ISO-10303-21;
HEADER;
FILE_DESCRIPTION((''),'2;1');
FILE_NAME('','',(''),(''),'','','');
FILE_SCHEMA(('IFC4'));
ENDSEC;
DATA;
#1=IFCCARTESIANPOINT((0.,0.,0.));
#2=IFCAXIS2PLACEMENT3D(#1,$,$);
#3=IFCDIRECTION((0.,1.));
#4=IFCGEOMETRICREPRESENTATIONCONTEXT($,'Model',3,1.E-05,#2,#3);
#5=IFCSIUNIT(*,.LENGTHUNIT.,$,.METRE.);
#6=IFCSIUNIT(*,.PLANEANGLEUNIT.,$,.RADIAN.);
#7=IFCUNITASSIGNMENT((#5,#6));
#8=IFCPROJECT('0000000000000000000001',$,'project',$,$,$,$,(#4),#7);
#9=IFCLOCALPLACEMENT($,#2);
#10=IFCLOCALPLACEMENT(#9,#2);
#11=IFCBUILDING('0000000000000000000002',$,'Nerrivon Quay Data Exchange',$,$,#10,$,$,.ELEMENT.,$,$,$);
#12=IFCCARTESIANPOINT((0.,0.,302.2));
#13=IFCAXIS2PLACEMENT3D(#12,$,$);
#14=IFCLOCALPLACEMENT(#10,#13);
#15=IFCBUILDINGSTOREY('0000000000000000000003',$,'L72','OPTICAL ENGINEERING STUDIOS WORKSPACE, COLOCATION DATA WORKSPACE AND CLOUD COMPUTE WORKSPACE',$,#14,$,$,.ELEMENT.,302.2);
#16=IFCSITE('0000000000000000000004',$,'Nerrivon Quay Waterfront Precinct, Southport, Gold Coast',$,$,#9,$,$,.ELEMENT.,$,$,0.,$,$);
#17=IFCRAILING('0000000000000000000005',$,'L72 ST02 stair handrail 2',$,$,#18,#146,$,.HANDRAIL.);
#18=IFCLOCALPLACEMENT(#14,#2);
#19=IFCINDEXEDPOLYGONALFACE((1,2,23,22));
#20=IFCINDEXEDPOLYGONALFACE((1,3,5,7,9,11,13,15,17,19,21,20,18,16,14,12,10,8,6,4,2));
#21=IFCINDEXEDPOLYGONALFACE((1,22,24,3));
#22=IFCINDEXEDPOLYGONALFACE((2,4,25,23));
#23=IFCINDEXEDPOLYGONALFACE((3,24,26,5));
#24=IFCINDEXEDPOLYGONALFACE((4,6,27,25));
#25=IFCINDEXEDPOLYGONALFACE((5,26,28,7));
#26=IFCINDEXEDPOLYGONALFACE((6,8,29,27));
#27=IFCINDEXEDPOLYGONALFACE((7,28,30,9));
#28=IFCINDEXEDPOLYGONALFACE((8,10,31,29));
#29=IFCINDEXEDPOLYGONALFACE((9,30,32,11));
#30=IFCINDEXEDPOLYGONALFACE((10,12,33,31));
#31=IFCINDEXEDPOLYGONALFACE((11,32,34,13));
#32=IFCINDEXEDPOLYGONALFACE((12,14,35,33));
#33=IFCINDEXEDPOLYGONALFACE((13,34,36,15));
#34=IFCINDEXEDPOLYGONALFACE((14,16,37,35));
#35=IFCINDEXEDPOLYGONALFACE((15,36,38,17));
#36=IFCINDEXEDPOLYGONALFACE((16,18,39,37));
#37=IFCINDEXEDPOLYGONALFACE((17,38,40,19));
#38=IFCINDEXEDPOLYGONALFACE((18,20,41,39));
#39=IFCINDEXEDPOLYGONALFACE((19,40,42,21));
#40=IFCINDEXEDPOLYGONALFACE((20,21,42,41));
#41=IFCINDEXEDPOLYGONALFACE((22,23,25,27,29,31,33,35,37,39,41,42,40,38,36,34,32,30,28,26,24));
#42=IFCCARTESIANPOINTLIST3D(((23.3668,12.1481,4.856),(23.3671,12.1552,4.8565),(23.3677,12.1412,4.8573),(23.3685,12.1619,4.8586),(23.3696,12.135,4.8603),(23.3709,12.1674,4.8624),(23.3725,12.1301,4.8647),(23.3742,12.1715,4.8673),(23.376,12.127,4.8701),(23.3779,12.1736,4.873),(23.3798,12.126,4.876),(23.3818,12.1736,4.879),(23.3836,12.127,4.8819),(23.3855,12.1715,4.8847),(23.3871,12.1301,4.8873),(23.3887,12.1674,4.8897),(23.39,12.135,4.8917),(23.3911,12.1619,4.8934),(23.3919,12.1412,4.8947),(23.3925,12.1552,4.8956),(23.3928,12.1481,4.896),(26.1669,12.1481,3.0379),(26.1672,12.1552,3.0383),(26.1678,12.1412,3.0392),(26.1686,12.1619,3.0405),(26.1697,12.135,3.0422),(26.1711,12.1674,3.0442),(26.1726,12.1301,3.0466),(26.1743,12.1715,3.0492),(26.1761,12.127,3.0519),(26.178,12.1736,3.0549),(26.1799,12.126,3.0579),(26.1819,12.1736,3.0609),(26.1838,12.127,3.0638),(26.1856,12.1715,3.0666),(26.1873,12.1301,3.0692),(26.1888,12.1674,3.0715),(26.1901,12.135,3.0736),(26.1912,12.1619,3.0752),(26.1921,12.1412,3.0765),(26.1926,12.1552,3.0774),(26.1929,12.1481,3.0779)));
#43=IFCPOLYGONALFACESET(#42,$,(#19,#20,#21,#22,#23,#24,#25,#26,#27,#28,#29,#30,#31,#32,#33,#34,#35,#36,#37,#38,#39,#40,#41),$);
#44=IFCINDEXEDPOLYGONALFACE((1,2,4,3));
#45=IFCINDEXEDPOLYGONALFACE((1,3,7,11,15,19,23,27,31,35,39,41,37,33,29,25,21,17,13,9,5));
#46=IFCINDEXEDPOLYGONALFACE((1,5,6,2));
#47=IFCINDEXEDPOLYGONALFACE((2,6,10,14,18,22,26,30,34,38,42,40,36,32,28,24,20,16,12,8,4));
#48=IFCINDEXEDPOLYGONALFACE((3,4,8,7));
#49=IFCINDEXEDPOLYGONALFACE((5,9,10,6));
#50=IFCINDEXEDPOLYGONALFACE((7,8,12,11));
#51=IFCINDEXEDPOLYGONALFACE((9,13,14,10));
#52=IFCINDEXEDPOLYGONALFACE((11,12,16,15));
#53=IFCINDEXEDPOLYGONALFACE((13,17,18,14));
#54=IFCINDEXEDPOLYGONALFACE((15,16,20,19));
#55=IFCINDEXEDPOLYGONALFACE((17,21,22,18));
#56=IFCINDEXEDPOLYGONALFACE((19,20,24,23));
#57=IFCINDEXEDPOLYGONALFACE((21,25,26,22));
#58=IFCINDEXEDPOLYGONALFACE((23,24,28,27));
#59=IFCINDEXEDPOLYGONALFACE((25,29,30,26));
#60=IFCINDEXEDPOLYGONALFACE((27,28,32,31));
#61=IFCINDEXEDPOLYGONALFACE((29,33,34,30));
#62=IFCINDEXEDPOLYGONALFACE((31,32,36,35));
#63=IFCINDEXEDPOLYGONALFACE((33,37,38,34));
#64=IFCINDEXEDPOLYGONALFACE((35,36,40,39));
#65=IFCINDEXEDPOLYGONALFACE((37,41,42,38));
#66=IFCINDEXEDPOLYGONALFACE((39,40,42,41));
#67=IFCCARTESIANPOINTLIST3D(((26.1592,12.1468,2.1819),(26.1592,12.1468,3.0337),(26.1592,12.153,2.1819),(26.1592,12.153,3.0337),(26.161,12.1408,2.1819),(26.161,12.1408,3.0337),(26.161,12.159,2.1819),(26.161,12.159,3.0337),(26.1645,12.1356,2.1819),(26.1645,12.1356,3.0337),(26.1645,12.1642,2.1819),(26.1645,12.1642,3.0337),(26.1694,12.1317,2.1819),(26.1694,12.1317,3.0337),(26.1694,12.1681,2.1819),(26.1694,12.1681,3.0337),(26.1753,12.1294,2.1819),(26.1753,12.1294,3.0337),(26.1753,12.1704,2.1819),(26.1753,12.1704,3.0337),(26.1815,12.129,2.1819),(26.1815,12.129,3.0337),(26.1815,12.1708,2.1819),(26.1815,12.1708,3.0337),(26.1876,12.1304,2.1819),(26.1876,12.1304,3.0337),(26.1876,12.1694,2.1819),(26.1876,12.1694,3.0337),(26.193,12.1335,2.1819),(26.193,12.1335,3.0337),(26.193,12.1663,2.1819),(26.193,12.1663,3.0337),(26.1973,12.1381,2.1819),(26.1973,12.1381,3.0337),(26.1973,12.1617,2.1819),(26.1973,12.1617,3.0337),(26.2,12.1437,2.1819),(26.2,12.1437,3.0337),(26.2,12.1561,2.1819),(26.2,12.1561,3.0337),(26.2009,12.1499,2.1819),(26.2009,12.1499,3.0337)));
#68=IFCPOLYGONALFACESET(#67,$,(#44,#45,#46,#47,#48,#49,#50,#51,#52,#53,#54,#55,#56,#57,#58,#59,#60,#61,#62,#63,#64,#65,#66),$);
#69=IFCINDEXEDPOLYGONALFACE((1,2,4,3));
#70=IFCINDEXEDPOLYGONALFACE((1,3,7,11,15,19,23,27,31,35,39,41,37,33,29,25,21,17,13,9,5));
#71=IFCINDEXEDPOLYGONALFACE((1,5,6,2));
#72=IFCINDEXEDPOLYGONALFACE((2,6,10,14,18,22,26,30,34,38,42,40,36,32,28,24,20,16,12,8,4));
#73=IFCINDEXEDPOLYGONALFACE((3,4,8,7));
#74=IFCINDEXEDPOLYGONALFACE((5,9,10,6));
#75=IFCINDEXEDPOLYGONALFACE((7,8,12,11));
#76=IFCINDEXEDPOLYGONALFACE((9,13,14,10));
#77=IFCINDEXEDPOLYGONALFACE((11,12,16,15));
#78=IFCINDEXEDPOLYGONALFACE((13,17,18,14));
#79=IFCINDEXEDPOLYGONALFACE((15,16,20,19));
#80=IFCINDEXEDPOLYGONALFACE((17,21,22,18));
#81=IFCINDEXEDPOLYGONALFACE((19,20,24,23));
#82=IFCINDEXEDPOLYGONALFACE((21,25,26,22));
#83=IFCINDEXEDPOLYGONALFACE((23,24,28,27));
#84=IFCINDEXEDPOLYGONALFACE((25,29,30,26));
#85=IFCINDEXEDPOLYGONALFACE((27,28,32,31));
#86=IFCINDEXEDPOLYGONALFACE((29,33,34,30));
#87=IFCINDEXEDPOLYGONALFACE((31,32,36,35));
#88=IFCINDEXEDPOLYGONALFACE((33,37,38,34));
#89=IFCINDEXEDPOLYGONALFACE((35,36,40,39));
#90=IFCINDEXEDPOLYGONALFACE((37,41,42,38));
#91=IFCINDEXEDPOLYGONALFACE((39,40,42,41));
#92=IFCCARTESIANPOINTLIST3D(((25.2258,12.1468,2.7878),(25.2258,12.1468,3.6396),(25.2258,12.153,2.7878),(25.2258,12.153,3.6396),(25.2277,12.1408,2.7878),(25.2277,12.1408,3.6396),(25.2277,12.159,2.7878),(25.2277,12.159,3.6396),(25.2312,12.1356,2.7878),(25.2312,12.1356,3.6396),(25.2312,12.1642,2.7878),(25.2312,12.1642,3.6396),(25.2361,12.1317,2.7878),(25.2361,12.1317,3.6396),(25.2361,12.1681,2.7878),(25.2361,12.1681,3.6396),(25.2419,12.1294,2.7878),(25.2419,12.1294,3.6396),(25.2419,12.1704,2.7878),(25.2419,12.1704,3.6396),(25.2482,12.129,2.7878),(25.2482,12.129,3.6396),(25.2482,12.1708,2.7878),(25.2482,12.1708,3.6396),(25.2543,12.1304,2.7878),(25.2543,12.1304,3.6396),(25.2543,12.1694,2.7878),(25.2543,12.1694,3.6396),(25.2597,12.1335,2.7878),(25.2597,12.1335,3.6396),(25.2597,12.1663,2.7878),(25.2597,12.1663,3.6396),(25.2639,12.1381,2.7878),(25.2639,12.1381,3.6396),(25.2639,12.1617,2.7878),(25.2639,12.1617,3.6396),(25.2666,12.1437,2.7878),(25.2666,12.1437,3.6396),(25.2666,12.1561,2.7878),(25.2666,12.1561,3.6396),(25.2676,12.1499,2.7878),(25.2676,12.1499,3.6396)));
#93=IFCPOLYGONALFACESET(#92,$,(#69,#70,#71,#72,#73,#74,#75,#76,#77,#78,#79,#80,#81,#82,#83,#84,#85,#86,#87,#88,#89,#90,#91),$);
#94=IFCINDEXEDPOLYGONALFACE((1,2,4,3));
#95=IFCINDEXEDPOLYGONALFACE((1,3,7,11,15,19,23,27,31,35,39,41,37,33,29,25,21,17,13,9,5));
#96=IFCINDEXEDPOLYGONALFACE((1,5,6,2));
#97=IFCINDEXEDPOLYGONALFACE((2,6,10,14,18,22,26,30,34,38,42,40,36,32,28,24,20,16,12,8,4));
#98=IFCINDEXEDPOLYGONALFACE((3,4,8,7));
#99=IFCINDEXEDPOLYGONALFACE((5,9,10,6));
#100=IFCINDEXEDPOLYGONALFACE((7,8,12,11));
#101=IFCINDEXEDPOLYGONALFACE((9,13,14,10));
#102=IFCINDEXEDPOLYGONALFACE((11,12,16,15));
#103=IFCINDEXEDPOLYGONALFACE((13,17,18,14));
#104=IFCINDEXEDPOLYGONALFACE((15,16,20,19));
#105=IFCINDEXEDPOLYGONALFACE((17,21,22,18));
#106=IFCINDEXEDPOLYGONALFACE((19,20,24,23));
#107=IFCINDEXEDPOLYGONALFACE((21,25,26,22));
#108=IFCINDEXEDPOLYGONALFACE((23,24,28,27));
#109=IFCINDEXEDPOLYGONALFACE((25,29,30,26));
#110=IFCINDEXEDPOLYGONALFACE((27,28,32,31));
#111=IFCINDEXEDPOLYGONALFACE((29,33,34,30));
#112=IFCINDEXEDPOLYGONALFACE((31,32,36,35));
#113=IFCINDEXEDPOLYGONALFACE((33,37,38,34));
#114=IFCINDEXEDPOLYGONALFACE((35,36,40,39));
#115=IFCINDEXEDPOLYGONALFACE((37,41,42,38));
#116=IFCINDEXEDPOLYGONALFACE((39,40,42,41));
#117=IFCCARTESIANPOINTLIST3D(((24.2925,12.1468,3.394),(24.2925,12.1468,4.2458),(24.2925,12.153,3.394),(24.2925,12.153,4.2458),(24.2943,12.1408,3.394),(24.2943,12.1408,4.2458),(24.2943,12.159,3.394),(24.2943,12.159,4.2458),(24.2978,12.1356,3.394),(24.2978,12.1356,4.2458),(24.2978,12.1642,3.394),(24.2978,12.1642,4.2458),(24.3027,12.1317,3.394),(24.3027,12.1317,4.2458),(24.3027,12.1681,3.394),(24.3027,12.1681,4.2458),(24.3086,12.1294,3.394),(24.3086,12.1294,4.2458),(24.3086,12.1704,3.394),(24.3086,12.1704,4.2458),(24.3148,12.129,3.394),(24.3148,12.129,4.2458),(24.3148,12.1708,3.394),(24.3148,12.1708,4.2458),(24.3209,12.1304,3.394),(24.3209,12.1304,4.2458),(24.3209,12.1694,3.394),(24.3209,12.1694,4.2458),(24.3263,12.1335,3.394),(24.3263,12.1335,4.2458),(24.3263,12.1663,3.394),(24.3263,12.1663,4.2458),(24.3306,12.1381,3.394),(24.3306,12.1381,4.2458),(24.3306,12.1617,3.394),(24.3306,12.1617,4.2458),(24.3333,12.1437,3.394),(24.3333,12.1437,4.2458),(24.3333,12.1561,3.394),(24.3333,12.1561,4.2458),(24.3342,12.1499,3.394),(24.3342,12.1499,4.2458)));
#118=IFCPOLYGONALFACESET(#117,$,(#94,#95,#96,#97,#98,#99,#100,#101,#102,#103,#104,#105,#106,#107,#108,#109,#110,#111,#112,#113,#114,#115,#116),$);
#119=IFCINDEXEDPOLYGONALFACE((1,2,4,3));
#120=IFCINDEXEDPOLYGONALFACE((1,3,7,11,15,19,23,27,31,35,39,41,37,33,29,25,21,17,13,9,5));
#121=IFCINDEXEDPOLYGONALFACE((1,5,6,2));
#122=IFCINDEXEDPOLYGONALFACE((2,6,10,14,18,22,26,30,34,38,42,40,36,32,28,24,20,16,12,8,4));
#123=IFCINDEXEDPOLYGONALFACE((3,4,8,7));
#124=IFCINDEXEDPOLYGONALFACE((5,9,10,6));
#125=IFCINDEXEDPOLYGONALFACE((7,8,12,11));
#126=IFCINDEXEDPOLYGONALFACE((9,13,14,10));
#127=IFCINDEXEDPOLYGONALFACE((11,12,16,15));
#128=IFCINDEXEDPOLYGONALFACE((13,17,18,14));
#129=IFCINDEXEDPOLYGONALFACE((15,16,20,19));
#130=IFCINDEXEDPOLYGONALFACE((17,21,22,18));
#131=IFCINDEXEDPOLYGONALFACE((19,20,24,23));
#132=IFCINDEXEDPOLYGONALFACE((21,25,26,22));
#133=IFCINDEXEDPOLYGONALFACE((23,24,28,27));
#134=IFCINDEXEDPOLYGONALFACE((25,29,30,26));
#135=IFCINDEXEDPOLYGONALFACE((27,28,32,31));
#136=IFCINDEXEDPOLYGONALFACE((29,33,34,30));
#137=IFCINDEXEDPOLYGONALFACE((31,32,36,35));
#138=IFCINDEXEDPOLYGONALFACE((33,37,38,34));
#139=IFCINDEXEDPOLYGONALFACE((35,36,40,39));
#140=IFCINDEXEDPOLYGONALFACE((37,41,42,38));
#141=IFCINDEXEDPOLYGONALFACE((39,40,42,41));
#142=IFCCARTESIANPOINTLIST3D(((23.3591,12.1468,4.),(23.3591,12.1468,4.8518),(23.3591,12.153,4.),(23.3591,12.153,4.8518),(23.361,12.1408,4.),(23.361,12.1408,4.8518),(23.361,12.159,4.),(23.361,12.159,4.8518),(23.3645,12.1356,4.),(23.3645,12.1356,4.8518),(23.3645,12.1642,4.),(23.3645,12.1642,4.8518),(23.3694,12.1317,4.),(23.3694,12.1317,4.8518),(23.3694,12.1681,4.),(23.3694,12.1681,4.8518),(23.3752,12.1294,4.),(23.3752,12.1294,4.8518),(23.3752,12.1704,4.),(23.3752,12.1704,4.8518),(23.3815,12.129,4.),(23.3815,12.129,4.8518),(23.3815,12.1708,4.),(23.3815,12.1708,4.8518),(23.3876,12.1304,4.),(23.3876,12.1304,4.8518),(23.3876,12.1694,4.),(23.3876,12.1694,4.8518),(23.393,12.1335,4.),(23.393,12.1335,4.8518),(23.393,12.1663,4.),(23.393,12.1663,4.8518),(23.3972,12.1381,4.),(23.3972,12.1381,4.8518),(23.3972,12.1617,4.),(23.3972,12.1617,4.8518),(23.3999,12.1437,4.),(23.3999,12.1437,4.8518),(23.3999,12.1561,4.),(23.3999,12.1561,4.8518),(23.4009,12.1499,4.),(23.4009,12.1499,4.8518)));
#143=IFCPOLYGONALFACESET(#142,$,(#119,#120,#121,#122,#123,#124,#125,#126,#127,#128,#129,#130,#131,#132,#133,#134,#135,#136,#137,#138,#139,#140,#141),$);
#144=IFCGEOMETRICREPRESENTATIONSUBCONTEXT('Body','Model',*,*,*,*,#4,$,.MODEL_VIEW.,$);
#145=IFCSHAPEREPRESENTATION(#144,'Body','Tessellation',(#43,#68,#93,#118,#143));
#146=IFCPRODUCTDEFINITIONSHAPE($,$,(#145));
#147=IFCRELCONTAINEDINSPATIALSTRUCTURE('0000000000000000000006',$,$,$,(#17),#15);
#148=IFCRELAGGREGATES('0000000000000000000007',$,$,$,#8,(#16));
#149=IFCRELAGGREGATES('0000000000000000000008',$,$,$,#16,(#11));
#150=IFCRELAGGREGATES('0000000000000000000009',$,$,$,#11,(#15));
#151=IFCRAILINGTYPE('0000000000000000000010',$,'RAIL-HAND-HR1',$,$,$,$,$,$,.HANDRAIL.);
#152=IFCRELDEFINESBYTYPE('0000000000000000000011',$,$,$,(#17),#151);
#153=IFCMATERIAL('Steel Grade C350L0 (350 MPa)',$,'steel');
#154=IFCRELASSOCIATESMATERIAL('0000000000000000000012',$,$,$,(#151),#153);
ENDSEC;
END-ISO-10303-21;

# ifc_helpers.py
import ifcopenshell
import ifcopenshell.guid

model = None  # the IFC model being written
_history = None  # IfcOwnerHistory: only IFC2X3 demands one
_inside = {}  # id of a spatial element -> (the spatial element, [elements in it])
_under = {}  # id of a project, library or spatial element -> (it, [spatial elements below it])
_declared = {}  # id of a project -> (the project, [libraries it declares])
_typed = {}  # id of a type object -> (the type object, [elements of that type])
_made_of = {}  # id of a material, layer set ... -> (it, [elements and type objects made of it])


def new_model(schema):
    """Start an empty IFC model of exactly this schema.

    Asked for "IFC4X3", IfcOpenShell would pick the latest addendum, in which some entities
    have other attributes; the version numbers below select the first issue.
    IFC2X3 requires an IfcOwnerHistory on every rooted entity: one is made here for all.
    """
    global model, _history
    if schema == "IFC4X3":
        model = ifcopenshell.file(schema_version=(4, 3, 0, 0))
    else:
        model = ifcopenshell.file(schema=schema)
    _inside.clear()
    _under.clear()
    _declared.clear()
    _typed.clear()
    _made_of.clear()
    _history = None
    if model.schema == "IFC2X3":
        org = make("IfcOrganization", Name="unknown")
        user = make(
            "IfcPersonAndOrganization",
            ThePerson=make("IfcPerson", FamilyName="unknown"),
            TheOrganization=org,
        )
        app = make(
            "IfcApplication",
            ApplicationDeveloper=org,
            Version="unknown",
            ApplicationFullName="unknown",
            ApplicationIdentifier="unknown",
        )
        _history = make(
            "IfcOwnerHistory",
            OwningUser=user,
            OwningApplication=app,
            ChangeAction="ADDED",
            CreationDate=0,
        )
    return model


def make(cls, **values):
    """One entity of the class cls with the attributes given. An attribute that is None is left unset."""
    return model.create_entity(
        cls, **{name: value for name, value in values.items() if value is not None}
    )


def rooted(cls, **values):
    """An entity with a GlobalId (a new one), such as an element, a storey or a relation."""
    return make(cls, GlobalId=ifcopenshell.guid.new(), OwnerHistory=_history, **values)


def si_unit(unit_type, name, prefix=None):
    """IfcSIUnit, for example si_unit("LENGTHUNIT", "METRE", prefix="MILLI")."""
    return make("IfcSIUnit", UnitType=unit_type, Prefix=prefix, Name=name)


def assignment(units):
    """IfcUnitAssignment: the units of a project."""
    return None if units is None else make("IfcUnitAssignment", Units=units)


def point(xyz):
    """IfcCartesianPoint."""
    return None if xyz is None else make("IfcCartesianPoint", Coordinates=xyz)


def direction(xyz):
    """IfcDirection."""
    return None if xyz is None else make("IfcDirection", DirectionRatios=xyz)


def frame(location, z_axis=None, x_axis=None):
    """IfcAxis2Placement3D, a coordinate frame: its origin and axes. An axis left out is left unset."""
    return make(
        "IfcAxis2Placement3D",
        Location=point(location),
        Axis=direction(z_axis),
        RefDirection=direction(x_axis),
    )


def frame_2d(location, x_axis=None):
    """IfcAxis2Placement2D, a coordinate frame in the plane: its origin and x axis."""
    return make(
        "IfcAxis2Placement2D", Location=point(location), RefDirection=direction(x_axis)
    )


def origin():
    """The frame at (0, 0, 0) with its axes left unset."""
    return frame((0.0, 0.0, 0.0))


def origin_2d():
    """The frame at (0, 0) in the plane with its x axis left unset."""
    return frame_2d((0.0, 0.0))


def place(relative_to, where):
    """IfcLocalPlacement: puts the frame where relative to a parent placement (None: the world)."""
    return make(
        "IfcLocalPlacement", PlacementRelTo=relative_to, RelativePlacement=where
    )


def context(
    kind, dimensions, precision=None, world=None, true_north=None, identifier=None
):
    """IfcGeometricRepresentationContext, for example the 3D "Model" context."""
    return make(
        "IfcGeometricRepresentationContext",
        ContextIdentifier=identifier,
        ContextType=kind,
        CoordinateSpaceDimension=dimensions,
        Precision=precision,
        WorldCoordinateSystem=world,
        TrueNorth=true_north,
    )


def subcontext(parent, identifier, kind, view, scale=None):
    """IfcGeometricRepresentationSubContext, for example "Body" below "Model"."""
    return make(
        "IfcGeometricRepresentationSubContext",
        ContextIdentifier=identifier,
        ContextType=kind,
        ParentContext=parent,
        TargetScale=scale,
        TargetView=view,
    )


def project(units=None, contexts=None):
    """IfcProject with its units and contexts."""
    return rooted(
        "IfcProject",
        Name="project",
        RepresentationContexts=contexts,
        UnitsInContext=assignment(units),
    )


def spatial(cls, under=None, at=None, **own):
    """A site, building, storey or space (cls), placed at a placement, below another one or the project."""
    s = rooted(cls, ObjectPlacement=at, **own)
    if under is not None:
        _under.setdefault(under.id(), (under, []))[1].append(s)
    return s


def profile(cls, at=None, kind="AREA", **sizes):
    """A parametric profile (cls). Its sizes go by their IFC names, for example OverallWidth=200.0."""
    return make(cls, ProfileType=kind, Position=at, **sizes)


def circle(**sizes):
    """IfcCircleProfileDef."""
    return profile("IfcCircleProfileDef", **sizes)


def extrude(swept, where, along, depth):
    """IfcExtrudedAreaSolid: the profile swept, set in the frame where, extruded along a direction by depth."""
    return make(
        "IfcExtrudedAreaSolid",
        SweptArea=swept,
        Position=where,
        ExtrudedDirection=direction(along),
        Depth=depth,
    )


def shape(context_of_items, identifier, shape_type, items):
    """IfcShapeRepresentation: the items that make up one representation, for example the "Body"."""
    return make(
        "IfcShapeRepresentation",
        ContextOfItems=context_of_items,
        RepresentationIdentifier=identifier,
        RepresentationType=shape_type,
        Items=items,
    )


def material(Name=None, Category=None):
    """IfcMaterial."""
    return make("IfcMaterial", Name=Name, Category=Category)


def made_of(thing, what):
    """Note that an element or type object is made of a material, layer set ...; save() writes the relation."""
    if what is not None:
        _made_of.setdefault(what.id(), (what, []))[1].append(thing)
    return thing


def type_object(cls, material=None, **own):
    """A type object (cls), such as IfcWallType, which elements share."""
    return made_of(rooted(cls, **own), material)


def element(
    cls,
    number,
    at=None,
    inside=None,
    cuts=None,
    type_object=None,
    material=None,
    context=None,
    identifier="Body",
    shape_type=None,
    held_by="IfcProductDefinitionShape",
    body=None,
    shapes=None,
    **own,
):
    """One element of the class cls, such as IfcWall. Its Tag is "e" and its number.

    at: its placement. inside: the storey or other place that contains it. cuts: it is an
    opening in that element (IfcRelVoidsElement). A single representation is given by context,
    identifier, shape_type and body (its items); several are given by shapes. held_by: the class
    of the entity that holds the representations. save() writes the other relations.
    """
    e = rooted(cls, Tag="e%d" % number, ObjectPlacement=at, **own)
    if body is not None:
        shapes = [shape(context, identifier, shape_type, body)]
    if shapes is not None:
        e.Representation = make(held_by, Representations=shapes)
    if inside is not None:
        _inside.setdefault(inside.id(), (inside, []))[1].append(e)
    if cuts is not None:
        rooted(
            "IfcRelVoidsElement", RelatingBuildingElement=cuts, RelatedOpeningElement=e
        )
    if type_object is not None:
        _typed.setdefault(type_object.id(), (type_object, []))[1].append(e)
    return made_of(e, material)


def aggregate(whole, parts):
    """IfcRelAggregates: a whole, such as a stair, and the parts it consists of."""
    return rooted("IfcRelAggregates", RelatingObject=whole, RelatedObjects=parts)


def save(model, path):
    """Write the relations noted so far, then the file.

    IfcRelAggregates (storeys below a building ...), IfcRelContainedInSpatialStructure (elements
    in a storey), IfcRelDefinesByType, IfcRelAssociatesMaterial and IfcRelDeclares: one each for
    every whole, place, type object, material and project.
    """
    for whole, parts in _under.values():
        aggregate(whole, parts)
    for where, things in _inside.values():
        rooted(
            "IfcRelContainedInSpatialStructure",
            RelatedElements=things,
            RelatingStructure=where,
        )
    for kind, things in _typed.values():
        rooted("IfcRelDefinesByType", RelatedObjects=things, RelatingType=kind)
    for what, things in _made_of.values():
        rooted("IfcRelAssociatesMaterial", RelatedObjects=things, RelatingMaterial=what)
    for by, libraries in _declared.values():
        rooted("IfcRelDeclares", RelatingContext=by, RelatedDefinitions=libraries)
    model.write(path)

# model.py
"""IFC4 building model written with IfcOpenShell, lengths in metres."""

from ifc_helpers import new_model, si_unit, direction, frame, origin, origin_2d, place, context, subcontext, project, spatial, circle, extrude, material, type_object, element, save


model = new_model("IFC4")

# Units and contexts
model_context = context("Model", 3, precision=1e-05, world=origin(), true_north=direction((0.0, 1.0)))
body_context = subcontext(model_context, "Body", "Model", "MODEL_VIEW")
ifc_project = project(units=[si_unit("LENGTHUNIT", "METRE"), si_unit("PLANEANGLEUNIT", "RADIAN")], contexts=[model_context])

# Site, building, storey
site_placement = place(None, origin())
site = spatial("IfcSite", under=ifc_project, at=site_placement, Name="Nerrivon Quay Waterfront Precinct, Southport, Gold Coast", CompositionType="ELEMENT", RefElevation=0.0)
building_placement = place(site_placement, origin())
building = spatial("IfcBuilding", under=site, at=building_placement, Name="Nerrivon Quay Data Exchange", CompositionType="ELEMENT")
storey_placement = place(building_placement, frame((0.0, 0.0, 302.2)))
storey = spatial("IfcBuildingStorey", under=building, at=storey_placement, Name="L72", Description="OPTICAL ENGINEERING STUDIOS WORKSPACE, COLOCATION DATA WORKSPACE AND CLOUD COMPUTE WORKSPACE", CompositionType="ELEMENT", Elevation=302.2)

# Railing
ifc_material_1 = material(Name="Steel Grade C350L0 (350 MPa)", Category="steel")
railing_type_1 = type_object("IfcRailingType", Name="RAIL-HAND-HR1", PredefinedType="HANDRAIL", material=ifc_material_1)
railing_1_placement = place(storey_placement, frame((26.1799, 12.1499, 2.1819)))
element("IfcRailing", 1, at=railing_1_placement, inside=storey, type_object=railing_type_1, Name="L72 ST02 stair handrail 2", PredefinedType="HANDRAIL", context=body_context, shape_type="SweptSolid", body=[
    extrude(circle(Radius=0.0239, at=origin_2d()), frame((0.0, 0.0, 0.876), z_axis=(-0.838706, 0.0, 0.544585), x_axis=(0.0, -1.0, 0.0)), (0.0, 0.0, 1.0), 3.3386),
    extrude(circle(Radius=0.021, at=origin_2d()), origin(), (0.0, 0.0, 1.0), 0.8518),
    extrude(circle(Radius=0.021, at=origin_2d()), frame((-0.9333, 0.0, 0.606)), (0.0, 0.0, 1.0), 0.8518),
    extrude(circle(Radius=0.021, at=origin_2d()), frame((-1.8667, 0.0, 1.2122)), (0.0, 0.0, 1.0), 0.8518),
    extrude(circle(Radius=0.021, at=origin_2d()), frame((-2.8, 0.0, 1.8181)), (0.0, 0.0, 1.0), 0.8518),
])

save(model, "model.ifc")
